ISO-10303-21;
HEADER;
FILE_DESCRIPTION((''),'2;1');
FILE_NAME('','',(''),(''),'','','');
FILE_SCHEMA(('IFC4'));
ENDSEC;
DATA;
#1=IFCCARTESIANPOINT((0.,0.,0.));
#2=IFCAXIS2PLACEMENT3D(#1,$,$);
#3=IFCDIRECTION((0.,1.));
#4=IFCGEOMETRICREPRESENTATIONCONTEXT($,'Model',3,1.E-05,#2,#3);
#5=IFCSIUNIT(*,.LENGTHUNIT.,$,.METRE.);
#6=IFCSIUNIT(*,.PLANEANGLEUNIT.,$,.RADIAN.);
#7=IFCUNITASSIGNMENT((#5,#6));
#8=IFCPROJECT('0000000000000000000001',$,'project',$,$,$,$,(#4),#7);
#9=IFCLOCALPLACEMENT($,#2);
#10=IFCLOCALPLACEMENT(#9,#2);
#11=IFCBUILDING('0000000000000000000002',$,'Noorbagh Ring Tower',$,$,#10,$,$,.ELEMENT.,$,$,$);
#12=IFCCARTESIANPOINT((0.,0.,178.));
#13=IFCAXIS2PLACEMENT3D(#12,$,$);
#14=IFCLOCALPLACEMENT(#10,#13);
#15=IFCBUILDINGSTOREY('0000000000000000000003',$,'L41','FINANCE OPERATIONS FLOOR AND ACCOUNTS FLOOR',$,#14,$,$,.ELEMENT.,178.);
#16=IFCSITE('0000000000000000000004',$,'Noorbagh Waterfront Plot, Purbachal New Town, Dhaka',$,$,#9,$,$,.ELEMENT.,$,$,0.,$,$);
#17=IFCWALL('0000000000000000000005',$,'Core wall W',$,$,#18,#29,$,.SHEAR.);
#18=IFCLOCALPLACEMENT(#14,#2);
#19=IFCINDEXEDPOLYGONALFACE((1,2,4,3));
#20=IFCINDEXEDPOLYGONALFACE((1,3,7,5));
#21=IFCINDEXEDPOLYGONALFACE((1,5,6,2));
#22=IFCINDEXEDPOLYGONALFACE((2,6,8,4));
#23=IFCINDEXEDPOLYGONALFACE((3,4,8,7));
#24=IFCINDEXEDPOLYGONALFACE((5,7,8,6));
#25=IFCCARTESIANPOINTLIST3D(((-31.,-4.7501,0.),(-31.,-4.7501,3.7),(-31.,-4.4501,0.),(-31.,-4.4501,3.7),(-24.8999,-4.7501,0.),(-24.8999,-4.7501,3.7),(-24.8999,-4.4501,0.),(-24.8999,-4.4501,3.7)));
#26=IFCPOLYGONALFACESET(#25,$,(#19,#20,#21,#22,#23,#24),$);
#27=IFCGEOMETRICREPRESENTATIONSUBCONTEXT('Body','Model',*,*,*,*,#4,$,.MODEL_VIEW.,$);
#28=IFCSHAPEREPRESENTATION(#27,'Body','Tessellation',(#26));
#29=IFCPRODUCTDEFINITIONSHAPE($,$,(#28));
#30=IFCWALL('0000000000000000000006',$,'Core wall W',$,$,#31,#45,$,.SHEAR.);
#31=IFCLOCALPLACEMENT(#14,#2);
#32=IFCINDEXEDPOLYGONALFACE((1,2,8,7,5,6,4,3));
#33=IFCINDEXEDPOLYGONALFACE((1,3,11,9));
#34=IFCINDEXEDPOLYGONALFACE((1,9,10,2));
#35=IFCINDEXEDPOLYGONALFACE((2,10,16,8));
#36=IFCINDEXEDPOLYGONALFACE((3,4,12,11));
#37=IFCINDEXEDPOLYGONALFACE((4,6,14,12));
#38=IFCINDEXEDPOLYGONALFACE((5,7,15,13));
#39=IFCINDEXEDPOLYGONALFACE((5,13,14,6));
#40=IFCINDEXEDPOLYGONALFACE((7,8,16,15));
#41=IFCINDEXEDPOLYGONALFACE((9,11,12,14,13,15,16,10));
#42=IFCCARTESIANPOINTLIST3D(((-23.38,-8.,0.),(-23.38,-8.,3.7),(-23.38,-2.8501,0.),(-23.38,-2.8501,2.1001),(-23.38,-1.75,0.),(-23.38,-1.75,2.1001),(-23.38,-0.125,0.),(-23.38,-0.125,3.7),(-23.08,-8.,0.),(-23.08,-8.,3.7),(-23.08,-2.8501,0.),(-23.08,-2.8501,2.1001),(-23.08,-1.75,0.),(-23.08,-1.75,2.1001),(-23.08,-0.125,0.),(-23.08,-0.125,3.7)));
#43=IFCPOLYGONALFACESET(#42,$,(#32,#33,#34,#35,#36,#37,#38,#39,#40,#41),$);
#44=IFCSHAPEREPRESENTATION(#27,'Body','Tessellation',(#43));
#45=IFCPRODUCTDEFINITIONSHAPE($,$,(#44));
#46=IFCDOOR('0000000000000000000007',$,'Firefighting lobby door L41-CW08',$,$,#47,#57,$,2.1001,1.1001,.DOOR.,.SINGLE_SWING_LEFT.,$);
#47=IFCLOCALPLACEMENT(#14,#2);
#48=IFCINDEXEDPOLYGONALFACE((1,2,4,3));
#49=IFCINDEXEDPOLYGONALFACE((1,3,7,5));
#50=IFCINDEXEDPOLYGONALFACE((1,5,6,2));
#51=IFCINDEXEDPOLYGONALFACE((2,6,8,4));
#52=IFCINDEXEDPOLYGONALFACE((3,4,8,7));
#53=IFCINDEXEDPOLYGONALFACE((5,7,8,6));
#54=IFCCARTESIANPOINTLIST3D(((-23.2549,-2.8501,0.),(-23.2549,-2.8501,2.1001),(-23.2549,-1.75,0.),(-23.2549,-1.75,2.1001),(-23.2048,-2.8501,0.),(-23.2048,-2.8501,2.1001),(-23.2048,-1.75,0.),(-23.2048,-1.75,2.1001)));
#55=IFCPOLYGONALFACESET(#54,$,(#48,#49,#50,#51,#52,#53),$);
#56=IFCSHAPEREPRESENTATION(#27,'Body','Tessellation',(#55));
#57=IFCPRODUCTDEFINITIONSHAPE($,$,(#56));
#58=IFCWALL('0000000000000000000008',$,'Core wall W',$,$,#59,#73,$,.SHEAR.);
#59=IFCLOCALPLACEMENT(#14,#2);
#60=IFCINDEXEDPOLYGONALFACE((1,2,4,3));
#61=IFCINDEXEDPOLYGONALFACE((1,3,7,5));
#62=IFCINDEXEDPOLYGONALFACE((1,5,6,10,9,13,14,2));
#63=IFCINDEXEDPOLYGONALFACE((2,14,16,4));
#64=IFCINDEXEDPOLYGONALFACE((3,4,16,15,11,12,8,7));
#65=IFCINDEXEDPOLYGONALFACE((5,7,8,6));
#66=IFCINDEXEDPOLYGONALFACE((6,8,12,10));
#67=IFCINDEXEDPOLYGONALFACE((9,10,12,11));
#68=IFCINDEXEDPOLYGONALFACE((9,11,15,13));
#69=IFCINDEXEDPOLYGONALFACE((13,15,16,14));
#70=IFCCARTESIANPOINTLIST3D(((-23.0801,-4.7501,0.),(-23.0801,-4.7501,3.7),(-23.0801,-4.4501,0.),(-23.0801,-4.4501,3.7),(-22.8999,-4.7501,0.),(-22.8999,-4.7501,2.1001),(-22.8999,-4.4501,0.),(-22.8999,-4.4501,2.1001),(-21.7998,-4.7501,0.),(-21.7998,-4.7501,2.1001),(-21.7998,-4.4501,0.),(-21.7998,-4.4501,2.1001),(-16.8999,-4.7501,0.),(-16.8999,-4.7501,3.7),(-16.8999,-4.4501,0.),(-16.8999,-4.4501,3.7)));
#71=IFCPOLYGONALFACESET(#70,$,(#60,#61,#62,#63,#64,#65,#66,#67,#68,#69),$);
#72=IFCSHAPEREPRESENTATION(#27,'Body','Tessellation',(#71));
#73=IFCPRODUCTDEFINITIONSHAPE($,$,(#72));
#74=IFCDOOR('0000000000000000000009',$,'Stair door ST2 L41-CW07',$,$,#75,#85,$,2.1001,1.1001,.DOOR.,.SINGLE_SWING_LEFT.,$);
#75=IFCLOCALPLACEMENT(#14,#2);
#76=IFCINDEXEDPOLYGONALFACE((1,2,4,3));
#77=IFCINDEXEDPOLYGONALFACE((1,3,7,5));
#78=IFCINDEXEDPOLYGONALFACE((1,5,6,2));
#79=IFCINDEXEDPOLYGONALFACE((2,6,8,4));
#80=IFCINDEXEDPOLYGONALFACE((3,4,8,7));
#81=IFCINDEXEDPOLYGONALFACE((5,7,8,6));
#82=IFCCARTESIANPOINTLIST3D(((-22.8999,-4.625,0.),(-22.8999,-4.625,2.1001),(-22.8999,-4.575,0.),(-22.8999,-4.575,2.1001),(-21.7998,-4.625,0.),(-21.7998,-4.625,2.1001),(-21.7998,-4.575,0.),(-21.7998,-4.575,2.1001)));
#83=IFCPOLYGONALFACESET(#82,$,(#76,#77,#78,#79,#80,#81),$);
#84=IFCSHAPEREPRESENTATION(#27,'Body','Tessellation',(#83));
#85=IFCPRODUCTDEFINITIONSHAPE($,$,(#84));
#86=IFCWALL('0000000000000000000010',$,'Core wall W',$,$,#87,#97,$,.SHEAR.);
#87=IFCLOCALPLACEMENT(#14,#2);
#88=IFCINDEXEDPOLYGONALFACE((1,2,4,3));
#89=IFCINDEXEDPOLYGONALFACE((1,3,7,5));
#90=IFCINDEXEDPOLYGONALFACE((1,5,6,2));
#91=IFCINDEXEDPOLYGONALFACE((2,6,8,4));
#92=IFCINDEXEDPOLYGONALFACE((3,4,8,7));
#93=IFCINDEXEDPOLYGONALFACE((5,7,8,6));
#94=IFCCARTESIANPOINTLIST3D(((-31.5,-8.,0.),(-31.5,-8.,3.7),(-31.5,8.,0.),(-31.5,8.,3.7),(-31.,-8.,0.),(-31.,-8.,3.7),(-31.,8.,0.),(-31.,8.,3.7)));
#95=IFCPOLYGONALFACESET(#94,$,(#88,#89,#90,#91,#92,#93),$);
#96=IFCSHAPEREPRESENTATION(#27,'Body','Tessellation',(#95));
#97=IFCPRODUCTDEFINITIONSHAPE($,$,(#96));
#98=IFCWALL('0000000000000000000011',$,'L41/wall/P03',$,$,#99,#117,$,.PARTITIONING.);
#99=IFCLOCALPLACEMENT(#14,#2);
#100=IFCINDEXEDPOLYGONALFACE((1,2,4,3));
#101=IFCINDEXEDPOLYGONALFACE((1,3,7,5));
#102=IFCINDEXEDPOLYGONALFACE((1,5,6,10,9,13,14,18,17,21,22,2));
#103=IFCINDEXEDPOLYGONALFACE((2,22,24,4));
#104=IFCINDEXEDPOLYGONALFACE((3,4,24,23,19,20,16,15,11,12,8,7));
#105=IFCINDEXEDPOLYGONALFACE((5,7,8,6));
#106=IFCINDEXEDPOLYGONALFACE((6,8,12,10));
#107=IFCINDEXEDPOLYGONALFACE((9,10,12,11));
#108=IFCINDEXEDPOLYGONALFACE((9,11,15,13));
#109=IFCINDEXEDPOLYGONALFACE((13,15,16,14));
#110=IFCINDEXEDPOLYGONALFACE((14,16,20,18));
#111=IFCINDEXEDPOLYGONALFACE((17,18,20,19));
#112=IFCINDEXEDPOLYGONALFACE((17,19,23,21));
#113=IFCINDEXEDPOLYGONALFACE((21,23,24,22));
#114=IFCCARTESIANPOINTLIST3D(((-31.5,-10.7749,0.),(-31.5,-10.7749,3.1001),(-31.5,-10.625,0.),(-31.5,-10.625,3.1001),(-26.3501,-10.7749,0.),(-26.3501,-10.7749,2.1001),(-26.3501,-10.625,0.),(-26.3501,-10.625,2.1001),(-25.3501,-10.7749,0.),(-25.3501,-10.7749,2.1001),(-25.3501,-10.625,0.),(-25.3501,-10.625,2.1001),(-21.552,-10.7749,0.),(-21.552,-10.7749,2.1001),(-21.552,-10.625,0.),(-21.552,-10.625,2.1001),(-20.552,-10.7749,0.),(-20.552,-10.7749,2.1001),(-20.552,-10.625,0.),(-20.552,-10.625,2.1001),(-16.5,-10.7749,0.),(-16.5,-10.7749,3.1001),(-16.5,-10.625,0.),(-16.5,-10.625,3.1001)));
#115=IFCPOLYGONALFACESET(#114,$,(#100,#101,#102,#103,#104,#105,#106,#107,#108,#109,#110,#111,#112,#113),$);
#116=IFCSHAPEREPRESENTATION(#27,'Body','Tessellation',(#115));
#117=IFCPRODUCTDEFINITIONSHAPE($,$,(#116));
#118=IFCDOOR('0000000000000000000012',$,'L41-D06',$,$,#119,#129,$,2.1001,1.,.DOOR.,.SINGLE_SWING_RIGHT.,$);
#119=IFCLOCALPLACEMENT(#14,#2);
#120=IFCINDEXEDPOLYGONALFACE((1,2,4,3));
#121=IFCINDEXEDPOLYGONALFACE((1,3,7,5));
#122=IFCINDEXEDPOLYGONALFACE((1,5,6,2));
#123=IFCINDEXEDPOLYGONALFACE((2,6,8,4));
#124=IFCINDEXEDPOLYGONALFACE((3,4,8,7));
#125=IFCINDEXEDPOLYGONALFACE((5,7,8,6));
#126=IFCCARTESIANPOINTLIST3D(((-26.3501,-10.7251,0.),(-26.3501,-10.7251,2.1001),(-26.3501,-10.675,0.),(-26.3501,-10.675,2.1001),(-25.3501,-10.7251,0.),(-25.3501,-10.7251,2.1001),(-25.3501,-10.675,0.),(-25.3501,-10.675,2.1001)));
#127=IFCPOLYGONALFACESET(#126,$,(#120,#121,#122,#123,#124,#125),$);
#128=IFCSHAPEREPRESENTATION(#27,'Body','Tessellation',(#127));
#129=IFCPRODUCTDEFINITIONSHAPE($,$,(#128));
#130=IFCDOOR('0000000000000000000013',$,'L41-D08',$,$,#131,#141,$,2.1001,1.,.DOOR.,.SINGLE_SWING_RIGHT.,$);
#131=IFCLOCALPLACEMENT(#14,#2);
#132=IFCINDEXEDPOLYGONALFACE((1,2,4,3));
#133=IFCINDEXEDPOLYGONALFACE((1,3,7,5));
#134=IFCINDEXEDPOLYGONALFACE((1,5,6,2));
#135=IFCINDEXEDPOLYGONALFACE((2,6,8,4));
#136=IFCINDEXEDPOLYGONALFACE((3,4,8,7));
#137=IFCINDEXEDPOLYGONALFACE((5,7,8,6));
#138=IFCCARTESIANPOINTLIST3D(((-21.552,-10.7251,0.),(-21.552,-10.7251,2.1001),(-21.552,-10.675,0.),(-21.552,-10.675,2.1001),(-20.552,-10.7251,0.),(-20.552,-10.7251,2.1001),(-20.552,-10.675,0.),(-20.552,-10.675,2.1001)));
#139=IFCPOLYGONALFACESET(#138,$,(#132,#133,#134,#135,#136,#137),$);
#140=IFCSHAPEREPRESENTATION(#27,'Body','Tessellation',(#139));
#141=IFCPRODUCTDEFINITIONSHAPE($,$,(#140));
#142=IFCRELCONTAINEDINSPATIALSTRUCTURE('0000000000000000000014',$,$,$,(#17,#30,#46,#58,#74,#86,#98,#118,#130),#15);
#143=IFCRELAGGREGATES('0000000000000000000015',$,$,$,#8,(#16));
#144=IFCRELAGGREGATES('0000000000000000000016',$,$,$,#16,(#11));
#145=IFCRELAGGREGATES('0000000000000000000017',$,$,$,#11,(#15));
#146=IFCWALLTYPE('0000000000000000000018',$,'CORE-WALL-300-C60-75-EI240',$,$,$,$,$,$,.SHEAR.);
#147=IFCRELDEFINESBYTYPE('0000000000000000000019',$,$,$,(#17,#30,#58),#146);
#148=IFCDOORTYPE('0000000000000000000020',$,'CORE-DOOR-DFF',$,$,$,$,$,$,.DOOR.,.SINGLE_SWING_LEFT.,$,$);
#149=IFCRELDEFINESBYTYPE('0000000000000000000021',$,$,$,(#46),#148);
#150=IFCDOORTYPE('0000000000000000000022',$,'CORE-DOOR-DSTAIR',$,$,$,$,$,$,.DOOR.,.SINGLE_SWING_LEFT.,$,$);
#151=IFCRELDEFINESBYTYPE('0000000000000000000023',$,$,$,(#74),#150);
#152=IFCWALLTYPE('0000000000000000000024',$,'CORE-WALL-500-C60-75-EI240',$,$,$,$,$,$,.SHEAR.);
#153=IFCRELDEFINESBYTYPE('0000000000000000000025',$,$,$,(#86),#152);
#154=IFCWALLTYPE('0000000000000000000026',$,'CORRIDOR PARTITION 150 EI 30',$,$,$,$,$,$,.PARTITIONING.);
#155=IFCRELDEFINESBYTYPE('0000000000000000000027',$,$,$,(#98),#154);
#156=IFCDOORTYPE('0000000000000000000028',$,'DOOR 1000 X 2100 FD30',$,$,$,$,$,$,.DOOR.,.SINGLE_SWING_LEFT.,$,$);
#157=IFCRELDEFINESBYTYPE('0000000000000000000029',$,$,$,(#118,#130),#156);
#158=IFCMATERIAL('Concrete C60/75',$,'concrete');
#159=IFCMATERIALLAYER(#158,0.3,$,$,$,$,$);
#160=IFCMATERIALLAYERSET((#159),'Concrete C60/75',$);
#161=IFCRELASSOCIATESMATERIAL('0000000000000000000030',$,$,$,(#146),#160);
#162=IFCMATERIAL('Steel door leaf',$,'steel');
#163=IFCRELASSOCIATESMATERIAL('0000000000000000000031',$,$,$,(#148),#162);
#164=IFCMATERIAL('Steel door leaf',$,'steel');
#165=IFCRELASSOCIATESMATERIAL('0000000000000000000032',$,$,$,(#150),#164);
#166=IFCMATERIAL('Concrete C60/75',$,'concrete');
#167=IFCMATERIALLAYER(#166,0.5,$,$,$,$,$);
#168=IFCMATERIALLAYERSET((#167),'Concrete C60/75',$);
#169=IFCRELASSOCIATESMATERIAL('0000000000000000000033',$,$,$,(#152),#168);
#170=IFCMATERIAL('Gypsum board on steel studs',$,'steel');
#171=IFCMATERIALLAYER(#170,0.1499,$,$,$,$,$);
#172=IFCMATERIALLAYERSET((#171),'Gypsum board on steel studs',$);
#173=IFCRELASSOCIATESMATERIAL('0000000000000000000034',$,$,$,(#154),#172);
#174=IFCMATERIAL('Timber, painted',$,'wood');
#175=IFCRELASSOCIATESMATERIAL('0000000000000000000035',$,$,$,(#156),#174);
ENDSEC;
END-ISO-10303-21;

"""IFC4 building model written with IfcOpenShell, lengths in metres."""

from ifc_helpers import new_model, si_unit, direction, frame, frame_2d, origin, place, context, subcontext, project, spatial, rectangle, extrude, material, layer, layer_set, type_object, element, fill, save


model = new_model("IFC4")

# Units and contexts
model_context = context("Model", 3, precision=1e-05, world=origin(), true_north=direction((0.0, 1.0)))
body_context = subcontext(model_context, "Body", "Model", "MODEL_VIEW")
ifc_project = project(units=[si_unit("LENGTHUNIT", "METRE"), si_unit("PLANEANGLEUNIT", "RADIAN")], contexts=[model_context])

# Site, building, storey
site_placement = place(None, origin())
site = spatial("IfcSite", under=ifc_project, at=site_placement, Name="Noorbagh Waterfront Plot, Purbachal New Town, Dhaka", CompositionType="ELEMENT", RefElevation=0.0)
building_placement = place(site_placement, origin())
building = spatial("IfcBuilding", under=site, at=building_placement, Name="Noorbagh Ring Tower", CompositionType="ELEMENT")
storey_placement = place(building_placement, frame((0.0, 0.0, 178.0)))
storey = spatial("IfcBuildingStorey", under=building, at=storey_placement, Name="L41", Description="FINANCE OPERATIONS FLOOR AND ACCOUNTS FLOOR", CompositionType="ELEMENT", Elevation=178.0)

# Wall
ifc_material_1 = material(Name="Concrete C60/75", Category="concrete")
ifc_layer_1 = layer(ifc_material_1, 0.3)
ifc_layer_set_1 = layer_set([ifc_layer_1], Name="Concrete C60/75")
wall_type_1 = type_object("IfcWallType", Name="CORE-WALL-300-C60-75-EI240", PredefinedType="SHEAR", material=ifc_layer_set_1)
wall_1_placement = place(storey_placement, frame((-24.8999, -4.6001, 0.0), z_axis=(0.0, 0.0, 1.0), x_axis=(-1.0, 0.0, 0.0)))
element("IfcWall", 1, at=wall_1_placement, inside=storey, type_object=wall_type_1, Name="Core wall W", PredefinedType="SHEAR", context=body_context, shape_type="SweptSolid", body=[
    extrude(rectangle(XDim=6.1001, YDim=0.3, at=frame_2d((3.05, 0.0))), origin(), (0.0, 0.0, 1.0), 3.7),
])

# Walls, openings, doors
wall_2_placement = place(storey_placement, frame((-23.23, -8.0, 0.0), z_axis=(0.0, 0.0, 1.0), x_axis=(0.0, 1.0, 0.0)))
wall_2 = element("IfcWall", 2, at=wall_2_placement, inside=storey, type_object=wall_type_1, Name="Core wall W", PredefinedType="SHEAR", context=body_context, shape_type="SweptSolid", body=[
    extrude(rectangle(XDim=7.875, YDim=0.3, at=frame_2d((3.9375, 0.0))), origin(), (0.0, 0.0, 1.0), 3.7),
])
opening_1_placement = place(wall_2_placement, frame((5.1499, 0.0, 0.0)))
opening_1 = element("IfcOpeningElement", 3, at=opening_1_placement, cuts=wall_2, PredefinedType="OPENING", context=body_context, shape_type="SweptSolid", body=[
    extrude(rectangle(XDim=1.1001, YDim=2.1001, at=frame_2d((0.55, 1.05))), frame((0.0, 0.1602, 0.0), z_axis=(0.0, -1.0, 0.0), x_axis=(1.0, 0.0, 0.0)), (0.0, 0.0, 1.0), 0.3201),
])
ifc_material_2 = material(Name="Steel door leaf", Category="steel")
door_type_1 = type_object("IfcDoorType", Name="CORE-DOOR-DFF", OperationType="SINGLE_SWING_LEFT", PredefinedType="DOOR", material=ifc_material_2)
door_1_placement = place(opening_1_placement, origin())
door_1 = element("IfcDoor", 4, at=door_1_placement, inside=storey, type_object=door_type_1, Name="Firefighting lobby door L41-CW08", OperationType="SINGLE_SWING_LEFT", OverallHeight=2.1001, OverallWidth=1.1001, PredefinedType="DOOR", context=body_context, shape_type="SweptSolid", body=[
    extrude(rectangle(XDim=1.1001, YDim=2.1001, at=frame_2d((0.55, 1.05))), frame((0.0, 0.0249, 0.0), z_axis=(0.0, -1.0, 0.0), x_axis=(1.0, 0.0, 0.0)), (0.0, 0.0, 1.0), 0.05),
])
fill(opening_1, door_1)
wall_3_placement = place(storey_placement, frame((-16.8999, -4.6001, 0.0), z_axis=(0.0, 0.0, 1.0), x_axis=(-1.0, 0.0, 0.0)))
wall_3 = element("IfcWall", 5, at=wall_3_placement, inside=storey, type_object=wall_type_1, Name="Core wall W", PredefinedType="SHEAR", context=body_context, shape_type="SweptSolid", body=[
    extrude(rectangle(XDim=6.1802, YDim=0.3, at=frame_2d((3.0901, 0.0))), origin(), (0.0, 0.0, 1.0), 3.7),
])
opening_2_placement = place(wall_3_placement, frame((4.8999, 0.0, 0.0)))
opening_2 = element("IfcOpeningElement", 6, at=opening_2_placement, cuts=wall_3, PredefinedType="OPENING", context=body_context, shape_type="SweptSolid", body=[
    extrude(rectangle(XDim=1.1001, YDim=2.1001, at=frame_2d((0.55, 1.05))), frame((0.0, 0.1602, 0.0), z_axis=(0.0, -1.0, 0.0), x_axis=(1.0, 0.0, 0.0)), (0.0, 0.0, 1.0), 0.3201),
])
ifc_material_3 = material(Name="Steel door leaf", Category="steel")
door_type_2 = type_object("IfcDoorType", Name="CORE-DOOR-DSTAIR", OperationType="SINGLE_SWING_LEFT", PredefinedType="DOOR", material=ifc_material_3)
door_2_placement = place(opening_2_placement, origin())
door_2 = element("IfcDoor", 7, at=door_2_placement, inside=storey, type_object=door_type_2, Name="Stair door ST2 L41-CW07", OperationType="SINGLE_SWING_LEFT", OverallHeight=2.1001, OverallWidth=1.1001, PredefinedType="DOOR", context=body_context, shape_type="SweptSolid", body=[
    extrude(rectangle(XDim=1.1001, YDim=2.1001, at=frame_2d((0.55, 1.05))), frame((0.0, 0.0249, 0.0), z_axis=(0.0, -1.0, 0.0), x_axis=(1.0, 0.0, 0.0)), (0.0, 0.0, 1.0), 0.05),
])
fill(opening_2, door_2)

# Wall
ifc_material_4 = material(Name="Concrete C60/75", Category="concrete")
ifc_layer_2 = layer(ifc_material_4, 0.5)
ifc_layer_set_2 = layer_set([ifc_layer_2], Name="Concrete C60/75")
wall_type_2 = type_object("IfcWallType", Name="CORE-WALL-500-C60-75-EI240", PredefinedType="SHEAR", material=ifc_layer_set_2)
wall_4_placement = place(storey_placement, frame((-31.25, -8.0, 0.0), z_axis=(0.0, 0.0, 1.0), x_axis=(0.0, 1.0, 0.0)))
element("IfcWall", 8, at=wall_4_placement, inside=storey, type_object=wall_type_2, Name="Core wall W", PredefinedType="SHEAR", context=body_context, shape_type="SweptSolid", body=[
    extrude(rectangle(XDim=16.0, YDim=0.5, at=frame_2d((8.0, 0.0))), origin(), (0.0, 0.0, 1.0), 3.7),
])

# Wall, openings, doors
ifc_material_5 = material(Name="Gypsum board on steel studs", Category="steel")
ifc_layer_3 = layer(ifc_material_5, 0.1499)
ifc_layer_set_3 = layer_set([ifc_layer_3], Name="Gypsum board on steel studs")
wall_type_3 = type_object("IfcWallType", Name="CORRIDOR PARTITION 150 EI 30", PredefinedType="PARTITIONING", material=ifc_layer_set_3)
wall_5_placement = place(storey_placement, frame((-31.5, -10.7, 0.0), z_axis=(0.0, 0.0, 1.0), x_axis=(1.0, 0.0, 0.0)))
wall_5 = element("IfcWall", 9, at=wall_5_placement, inside=storey, type_object=wall_type_3, Name="L41/wall/P03", PredefinedType="PARTITIONING", context=body_context, shape_type="SweptSolid", body=[
    extrude(rectangle(XDim=15.0, YDim=0.1499, at=frame_2d((7.5, 0.0))), origin(), (0.0, 0.0, 1.0), 3.1001),
])
opening_3_placement = place(wall_5_placement, frame((5.1499, 0.0, 0.0)))
opening_3 = element("IfcOpeningElement", 10, at=opening_3_placement, cuts=wall_5, PredefinedType="OPENING", context=body_context, shape_type="SweptSolid", body=[
    extrude(rectangle(XDim=1.0, YDim=2.1001, at=frame_2d((0.5, 1.05))), frame((0.0, 0.085, 0.0), z_axis=(0.0, -1.0, 0.0), x_axis=(1.0, 0.0, 0.0)), (0.0, 0.0, 1.0), 0.1699),
])
opening_4_placement = place(wall_5_placement, frame((9.948, 0.0, 0.0)))
opening_4 = element("IfcOpeningElement", 11, at=opening_4_placement, cuts=wall_5, PredefinedType="OPENING", context=body_context, shape_type="SweptSolid", body=[
    extrude(rectangle(XDim=1.0, YDim=2.1001, at=frame_2d((0.5, 1.05))), frame((0.0, 0.085, 0.0), z_axis=(0.0, -1.0, 0.0), x_axis=(1.0, 0.0, 0.0)), (0.0, 0.0, 1.0), 0.1699),
])
ifc_material_6 = material(Name="Timber, painted", Category="wood")
door_type_3 = type_object("IfcDoorType", Name="DOOR 1000 X 2100 FD30", OperationType="SINGLE_SWING_LEFT", PredefinedType="DOOR", material=ifc_material_6)
door_3_placement = place(opening_3_placement, origin())
door_3 = element("IfcDoor", 12, at=door_3_placement, inside=storey, type_object=door_type_3, Name="L41-D06", OperationType="SINGLE_SWING_RIGHT", OverallHeight=2.1001, OverallWidth=1.0, PredefinedType="DOOR", context=body_context, shape_type="SweptSolid", body=[
    extrude(rectangle(XDim=1.0, YDim=2.1001, at=frame_2d((0.5, 1.05))), frame((0.0, 0.0249, 0.0), z_axis=(0.0, -1.0, 0.0), x_axis=(1.0, 0.0, 0.0)), (0.0, 0.0, 1.0), 0.05),
])
fill(opening_3, door_3)
door_4_placement = place(opening_4_placement, origin())
door_4 = element("IfcDoor", 13, at=door_4_placement, inside=storey, type_object=door_type_3, Name="L41-D08", OperationType="SINGLE_SWING_RIGHT", OverallHeight=2.1001, OverallWidth=1.0, PredefinedType="DOOR", context=body_context, shape_type="SweptSolid", body=[
    extrude(rectangle(XDim=1.0, YDim=2.1001, at=frame_2d((0.5, 1.05))), frame((0.0, 0.0249, 0.0), z_axis=(0.0, -1.0, 0.0), x_axis=(1.0, 0.0, 0.0)), (0.0, 0.0, 1.0), 0.05),
])
fill(opening_4, door_4)

save(model, "model.ifc")
